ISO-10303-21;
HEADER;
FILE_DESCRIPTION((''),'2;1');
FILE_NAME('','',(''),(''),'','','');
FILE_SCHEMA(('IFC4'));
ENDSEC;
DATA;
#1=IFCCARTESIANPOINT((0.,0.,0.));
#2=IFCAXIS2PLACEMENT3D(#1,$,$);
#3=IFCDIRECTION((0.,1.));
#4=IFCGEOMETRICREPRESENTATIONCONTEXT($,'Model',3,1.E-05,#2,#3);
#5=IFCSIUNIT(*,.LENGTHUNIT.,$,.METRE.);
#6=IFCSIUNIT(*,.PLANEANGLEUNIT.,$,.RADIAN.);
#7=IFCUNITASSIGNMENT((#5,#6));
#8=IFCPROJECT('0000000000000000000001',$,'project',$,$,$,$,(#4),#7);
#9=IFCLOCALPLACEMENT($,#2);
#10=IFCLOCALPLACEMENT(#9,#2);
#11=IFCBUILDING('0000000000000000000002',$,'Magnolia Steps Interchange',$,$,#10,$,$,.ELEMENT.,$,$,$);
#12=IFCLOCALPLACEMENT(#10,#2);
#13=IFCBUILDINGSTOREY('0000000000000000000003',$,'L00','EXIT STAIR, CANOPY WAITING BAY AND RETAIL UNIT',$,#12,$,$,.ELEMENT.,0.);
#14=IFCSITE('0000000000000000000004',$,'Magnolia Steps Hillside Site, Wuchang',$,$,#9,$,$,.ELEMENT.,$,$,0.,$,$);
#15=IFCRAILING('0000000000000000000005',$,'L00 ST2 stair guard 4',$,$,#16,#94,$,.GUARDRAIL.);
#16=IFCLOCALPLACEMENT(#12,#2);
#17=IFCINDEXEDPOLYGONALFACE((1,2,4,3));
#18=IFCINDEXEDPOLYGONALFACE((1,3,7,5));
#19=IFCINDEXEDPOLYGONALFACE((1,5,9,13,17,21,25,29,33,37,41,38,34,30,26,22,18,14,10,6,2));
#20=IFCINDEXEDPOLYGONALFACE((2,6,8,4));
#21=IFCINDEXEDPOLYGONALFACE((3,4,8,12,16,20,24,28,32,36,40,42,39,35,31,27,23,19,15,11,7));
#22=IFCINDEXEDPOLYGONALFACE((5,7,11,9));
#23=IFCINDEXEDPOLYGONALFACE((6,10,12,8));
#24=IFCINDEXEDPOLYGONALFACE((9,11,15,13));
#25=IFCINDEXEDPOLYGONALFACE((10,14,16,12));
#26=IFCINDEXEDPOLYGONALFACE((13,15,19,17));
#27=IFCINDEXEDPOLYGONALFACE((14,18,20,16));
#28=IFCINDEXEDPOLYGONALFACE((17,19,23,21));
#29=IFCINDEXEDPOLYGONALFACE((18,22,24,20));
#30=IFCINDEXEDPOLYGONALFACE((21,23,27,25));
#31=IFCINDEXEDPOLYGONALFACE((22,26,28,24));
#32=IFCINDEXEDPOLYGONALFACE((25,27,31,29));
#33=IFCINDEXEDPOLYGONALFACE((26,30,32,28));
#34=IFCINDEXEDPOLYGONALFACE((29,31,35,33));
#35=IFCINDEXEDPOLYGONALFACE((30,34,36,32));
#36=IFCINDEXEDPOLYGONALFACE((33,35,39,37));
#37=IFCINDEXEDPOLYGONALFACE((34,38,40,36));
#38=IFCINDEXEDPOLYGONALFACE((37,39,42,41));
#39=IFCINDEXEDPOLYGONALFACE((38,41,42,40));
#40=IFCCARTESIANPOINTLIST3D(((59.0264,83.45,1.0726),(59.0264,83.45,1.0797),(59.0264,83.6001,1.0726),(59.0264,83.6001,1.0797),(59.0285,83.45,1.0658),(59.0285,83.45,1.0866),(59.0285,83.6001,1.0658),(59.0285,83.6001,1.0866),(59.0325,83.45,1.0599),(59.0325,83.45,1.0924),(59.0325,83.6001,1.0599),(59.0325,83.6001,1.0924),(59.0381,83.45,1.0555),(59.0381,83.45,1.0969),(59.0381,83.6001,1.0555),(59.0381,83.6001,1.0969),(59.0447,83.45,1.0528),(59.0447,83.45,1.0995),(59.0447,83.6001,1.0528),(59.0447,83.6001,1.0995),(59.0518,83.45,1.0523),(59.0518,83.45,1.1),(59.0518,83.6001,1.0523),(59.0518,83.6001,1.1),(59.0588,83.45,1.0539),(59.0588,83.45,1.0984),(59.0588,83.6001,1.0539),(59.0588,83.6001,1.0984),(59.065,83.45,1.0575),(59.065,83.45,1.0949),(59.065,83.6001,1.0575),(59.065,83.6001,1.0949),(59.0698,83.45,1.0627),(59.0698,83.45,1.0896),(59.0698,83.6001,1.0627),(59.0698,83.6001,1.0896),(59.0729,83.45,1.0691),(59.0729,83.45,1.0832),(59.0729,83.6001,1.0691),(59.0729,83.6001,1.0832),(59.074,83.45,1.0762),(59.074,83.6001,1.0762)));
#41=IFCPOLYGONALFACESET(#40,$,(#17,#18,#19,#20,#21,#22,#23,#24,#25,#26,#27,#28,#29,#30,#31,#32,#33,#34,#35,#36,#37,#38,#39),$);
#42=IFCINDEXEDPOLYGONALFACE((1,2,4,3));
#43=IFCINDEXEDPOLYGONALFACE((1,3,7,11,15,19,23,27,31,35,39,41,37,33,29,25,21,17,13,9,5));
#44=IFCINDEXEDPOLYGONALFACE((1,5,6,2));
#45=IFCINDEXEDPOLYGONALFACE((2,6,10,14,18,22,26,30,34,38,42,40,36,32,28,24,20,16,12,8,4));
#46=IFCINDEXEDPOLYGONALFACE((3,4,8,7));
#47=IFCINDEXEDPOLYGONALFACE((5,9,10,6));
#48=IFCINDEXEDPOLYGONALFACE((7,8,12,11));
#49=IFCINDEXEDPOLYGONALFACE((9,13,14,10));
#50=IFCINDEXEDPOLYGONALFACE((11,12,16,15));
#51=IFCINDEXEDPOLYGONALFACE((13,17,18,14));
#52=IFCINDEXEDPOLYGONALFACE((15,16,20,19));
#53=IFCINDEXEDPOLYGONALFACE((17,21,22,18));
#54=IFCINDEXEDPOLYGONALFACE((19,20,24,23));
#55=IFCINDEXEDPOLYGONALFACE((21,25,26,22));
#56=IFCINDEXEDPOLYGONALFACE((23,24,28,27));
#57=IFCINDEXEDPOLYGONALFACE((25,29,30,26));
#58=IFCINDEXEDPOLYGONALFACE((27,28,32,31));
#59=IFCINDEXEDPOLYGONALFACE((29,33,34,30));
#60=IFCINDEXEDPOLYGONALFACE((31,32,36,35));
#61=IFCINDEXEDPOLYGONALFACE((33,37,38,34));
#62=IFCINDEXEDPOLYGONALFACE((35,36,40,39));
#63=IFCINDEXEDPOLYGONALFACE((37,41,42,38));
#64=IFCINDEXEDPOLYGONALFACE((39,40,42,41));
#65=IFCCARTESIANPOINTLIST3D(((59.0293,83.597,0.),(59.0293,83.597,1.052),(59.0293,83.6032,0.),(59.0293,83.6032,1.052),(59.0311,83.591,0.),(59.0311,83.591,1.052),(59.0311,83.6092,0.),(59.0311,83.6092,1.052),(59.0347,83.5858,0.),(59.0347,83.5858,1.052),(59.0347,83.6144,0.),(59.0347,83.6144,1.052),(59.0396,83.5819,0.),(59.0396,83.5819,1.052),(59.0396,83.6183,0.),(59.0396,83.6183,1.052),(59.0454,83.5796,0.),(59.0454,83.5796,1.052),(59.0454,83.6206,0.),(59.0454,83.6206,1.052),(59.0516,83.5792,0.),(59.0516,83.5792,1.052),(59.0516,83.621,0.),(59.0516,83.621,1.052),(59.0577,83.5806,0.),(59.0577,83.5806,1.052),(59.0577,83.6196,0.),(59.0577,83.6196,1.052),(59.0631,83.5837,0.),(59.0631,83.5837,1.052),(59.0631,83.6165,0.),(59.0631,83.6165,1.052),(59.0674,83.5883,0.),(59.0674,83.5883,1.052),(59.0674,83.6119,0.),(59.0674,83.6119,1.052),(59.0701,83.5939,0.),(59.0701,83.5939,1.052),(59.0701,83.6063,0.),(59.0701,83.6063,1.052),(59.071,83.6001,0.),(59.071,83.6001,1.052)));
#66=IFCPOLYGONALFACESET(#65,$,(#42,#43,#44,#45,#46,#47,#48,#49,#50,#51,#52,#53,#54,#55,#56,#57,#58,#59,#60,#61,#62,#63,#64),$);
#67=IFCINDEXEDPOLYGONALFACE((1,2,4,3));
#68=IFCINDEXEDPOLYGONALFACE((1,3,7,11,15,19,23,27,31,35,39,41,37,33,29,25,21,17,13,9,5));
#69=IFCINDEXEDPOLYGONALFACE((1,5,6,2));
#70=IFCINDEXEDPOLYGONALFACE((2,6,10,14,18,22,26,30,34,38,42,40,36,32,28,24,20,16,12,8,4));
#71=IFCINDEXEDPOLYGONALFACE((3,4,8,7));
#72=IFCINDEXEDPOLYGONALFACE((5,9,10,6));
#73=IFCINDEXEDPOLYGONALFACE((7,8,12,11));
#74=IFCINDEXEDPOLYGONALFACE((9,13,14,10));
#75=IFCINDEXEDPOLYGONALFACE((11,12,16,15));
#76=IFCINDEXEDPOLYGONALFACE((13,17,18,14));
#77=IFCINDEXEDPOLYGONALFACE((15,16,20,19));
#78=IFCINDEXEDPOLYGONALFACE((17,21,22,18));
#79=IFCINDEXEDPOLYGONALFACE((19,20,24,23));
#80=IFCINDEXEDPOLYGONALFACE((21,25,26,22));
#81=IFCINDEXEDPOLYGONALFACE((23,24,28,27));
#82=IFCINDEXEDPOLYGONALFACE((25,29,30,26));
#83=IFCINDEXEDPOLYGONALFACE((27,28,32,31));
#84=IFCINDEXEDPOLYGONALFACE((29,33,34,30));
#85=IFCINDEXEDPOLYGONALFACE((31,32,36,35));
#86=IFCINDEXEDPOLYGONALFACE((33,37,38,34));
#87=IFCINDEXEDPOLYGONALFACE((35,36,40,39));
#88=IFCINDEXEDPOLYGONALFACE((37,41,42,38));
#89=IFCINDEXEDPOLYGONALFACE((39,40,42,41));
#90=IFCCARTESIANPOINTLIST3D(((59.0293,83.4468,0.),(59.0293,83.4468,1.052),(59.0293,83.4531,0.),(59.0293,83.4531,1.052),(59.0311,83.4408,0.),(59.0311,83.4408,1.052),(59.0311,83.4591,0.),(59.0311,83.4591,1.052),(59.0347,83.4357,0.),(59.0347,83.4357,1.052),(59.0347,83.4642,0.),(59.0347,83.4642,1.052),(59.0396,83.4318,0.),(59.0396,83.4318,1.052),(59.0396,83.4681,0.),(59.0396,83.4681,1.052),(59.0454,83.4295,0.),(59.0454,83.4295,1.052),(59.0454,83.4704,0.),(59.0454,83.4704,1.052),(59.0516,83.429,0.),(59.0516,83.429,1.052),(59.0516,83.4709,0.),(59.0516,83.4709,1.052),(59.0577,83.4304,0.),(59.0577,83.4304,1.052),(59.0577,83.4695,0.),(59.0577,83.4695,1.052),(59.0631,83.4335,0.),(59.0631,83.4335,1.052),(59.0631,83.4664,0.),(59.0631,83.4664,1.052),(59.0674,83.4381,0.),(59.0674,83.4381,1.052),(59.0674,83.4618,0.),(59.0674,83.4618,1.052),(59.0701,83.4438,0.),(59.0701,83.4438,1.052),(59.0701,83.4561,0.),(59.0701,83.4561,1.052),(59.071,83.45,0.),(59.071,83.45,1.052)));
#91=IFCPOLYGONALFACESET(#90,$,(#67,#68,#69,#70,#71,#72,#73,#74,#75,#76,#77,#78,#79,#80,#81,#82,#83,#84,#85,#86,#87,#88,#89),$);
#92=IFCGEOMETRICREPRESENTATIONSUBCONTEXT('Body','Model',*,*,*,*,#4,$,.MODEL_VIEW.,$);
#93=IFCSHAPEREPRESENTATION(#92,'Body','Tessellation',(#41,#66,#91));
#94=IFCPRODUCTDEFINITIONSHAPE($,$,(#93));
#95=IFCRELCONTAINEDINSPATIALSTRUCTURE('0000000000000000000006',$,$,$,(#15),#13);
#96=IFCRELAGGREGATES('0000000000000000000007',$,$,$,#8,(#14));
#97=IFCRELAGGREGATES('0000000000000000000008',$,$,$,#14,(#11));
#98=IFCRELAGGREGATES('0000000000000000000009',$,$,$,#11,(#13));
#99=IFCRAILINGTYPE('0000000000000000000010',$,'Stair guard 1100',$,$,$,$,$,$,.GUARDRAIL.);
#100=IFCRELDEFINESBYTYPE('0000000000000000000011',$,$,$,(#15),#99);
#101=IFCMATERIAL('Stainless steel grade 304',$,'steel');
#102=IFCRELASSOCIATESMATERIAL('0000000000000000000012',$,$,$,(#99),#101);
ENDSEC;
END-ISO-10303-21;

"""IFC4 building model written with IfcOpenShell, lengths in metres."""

from ifc_helpers import new_model, si_unit, direction, frame, origin, origin_2d, place, context, subcontext, project, spatial, circle, extrude, material, type_object, element, save


model = new_model("IFC4")

# Units and contexts
model_context = context("Model", 3, precision=1e-05, world=origin(), true_north=direction((0.0, 1.0)))
body_context = subcontext(model_context, "Body", "Model", "MODEL_VIEW")
ifc_project = project(units=[si_unit("LENGTHUNIT", "METRE"), si_unit("PLANEANGLEUNIT", "RADIAN")], contexts=[model_context])

# Site, building, storey
site_placement = place(None, origin())
site = spatial("IfcSite", under=ifc_project, at=site_placement, Name="Magnolia Steps Hillside Site, Wuchang", CompositionType="ELEMENT", RefElevation=0.0)
building_placement = place(site_placement, origin())
building = spatial("IfcBuilding", under=site, at=building_placement, Name="Magnolia Steps Interchange", CompositionType="ELEMENT")
storey_placement = place(building_placement, origin())
storey = spatial("IfcBuildingStorey", under=building, at=storey_placement, Name="L00", Description="EXIT STAIR, CANOPY WAITING BAY AND RETAIL UNIT", CompositionType="ELEMENT", Elevation=0.0)

# Railing
ifc_material_1 = material(Name="Stainless steel grade 304", Category="steel")
railing_type_1 = type_object("IfcRailingType", Name="Stair guard 1100", PredefinedType="GUARDRAIL", material=ifc_material_1)
railing_1_placement = place(storey_placement, frame((59.05, 83.6001, 0.0)))
element("IfcRailing", 1, at=railing_1_placement, inside=storey, type_object=railing_type_1, Name="L00 ST2 stair guard 4", PredefinedType="GUARDRAIL", context=body_context, shape_type="SweptSolid", body=[
    extrude(circle(Radius=0.0239, at=origin_2d()), frame((0.0, 0.0, 1.0762), z_axis=(0.0, -1.0, 0.0), x_axis=(1.0, 0.0, 0.0)), (0.0, 0.0, 1.0), 0.1501),
    extrude(circle(Radius=0.021, at=origin_2d()), origin(), (0.0, 0.0, 1.0), 1.052),
    extrude(circle(Radius=0.021, at=origin_2d()), frame((0.0, -0.1501, 0.0)), (0.0, 0.0, 1.0), 1.052),
])

save(model, "model.ifc")
